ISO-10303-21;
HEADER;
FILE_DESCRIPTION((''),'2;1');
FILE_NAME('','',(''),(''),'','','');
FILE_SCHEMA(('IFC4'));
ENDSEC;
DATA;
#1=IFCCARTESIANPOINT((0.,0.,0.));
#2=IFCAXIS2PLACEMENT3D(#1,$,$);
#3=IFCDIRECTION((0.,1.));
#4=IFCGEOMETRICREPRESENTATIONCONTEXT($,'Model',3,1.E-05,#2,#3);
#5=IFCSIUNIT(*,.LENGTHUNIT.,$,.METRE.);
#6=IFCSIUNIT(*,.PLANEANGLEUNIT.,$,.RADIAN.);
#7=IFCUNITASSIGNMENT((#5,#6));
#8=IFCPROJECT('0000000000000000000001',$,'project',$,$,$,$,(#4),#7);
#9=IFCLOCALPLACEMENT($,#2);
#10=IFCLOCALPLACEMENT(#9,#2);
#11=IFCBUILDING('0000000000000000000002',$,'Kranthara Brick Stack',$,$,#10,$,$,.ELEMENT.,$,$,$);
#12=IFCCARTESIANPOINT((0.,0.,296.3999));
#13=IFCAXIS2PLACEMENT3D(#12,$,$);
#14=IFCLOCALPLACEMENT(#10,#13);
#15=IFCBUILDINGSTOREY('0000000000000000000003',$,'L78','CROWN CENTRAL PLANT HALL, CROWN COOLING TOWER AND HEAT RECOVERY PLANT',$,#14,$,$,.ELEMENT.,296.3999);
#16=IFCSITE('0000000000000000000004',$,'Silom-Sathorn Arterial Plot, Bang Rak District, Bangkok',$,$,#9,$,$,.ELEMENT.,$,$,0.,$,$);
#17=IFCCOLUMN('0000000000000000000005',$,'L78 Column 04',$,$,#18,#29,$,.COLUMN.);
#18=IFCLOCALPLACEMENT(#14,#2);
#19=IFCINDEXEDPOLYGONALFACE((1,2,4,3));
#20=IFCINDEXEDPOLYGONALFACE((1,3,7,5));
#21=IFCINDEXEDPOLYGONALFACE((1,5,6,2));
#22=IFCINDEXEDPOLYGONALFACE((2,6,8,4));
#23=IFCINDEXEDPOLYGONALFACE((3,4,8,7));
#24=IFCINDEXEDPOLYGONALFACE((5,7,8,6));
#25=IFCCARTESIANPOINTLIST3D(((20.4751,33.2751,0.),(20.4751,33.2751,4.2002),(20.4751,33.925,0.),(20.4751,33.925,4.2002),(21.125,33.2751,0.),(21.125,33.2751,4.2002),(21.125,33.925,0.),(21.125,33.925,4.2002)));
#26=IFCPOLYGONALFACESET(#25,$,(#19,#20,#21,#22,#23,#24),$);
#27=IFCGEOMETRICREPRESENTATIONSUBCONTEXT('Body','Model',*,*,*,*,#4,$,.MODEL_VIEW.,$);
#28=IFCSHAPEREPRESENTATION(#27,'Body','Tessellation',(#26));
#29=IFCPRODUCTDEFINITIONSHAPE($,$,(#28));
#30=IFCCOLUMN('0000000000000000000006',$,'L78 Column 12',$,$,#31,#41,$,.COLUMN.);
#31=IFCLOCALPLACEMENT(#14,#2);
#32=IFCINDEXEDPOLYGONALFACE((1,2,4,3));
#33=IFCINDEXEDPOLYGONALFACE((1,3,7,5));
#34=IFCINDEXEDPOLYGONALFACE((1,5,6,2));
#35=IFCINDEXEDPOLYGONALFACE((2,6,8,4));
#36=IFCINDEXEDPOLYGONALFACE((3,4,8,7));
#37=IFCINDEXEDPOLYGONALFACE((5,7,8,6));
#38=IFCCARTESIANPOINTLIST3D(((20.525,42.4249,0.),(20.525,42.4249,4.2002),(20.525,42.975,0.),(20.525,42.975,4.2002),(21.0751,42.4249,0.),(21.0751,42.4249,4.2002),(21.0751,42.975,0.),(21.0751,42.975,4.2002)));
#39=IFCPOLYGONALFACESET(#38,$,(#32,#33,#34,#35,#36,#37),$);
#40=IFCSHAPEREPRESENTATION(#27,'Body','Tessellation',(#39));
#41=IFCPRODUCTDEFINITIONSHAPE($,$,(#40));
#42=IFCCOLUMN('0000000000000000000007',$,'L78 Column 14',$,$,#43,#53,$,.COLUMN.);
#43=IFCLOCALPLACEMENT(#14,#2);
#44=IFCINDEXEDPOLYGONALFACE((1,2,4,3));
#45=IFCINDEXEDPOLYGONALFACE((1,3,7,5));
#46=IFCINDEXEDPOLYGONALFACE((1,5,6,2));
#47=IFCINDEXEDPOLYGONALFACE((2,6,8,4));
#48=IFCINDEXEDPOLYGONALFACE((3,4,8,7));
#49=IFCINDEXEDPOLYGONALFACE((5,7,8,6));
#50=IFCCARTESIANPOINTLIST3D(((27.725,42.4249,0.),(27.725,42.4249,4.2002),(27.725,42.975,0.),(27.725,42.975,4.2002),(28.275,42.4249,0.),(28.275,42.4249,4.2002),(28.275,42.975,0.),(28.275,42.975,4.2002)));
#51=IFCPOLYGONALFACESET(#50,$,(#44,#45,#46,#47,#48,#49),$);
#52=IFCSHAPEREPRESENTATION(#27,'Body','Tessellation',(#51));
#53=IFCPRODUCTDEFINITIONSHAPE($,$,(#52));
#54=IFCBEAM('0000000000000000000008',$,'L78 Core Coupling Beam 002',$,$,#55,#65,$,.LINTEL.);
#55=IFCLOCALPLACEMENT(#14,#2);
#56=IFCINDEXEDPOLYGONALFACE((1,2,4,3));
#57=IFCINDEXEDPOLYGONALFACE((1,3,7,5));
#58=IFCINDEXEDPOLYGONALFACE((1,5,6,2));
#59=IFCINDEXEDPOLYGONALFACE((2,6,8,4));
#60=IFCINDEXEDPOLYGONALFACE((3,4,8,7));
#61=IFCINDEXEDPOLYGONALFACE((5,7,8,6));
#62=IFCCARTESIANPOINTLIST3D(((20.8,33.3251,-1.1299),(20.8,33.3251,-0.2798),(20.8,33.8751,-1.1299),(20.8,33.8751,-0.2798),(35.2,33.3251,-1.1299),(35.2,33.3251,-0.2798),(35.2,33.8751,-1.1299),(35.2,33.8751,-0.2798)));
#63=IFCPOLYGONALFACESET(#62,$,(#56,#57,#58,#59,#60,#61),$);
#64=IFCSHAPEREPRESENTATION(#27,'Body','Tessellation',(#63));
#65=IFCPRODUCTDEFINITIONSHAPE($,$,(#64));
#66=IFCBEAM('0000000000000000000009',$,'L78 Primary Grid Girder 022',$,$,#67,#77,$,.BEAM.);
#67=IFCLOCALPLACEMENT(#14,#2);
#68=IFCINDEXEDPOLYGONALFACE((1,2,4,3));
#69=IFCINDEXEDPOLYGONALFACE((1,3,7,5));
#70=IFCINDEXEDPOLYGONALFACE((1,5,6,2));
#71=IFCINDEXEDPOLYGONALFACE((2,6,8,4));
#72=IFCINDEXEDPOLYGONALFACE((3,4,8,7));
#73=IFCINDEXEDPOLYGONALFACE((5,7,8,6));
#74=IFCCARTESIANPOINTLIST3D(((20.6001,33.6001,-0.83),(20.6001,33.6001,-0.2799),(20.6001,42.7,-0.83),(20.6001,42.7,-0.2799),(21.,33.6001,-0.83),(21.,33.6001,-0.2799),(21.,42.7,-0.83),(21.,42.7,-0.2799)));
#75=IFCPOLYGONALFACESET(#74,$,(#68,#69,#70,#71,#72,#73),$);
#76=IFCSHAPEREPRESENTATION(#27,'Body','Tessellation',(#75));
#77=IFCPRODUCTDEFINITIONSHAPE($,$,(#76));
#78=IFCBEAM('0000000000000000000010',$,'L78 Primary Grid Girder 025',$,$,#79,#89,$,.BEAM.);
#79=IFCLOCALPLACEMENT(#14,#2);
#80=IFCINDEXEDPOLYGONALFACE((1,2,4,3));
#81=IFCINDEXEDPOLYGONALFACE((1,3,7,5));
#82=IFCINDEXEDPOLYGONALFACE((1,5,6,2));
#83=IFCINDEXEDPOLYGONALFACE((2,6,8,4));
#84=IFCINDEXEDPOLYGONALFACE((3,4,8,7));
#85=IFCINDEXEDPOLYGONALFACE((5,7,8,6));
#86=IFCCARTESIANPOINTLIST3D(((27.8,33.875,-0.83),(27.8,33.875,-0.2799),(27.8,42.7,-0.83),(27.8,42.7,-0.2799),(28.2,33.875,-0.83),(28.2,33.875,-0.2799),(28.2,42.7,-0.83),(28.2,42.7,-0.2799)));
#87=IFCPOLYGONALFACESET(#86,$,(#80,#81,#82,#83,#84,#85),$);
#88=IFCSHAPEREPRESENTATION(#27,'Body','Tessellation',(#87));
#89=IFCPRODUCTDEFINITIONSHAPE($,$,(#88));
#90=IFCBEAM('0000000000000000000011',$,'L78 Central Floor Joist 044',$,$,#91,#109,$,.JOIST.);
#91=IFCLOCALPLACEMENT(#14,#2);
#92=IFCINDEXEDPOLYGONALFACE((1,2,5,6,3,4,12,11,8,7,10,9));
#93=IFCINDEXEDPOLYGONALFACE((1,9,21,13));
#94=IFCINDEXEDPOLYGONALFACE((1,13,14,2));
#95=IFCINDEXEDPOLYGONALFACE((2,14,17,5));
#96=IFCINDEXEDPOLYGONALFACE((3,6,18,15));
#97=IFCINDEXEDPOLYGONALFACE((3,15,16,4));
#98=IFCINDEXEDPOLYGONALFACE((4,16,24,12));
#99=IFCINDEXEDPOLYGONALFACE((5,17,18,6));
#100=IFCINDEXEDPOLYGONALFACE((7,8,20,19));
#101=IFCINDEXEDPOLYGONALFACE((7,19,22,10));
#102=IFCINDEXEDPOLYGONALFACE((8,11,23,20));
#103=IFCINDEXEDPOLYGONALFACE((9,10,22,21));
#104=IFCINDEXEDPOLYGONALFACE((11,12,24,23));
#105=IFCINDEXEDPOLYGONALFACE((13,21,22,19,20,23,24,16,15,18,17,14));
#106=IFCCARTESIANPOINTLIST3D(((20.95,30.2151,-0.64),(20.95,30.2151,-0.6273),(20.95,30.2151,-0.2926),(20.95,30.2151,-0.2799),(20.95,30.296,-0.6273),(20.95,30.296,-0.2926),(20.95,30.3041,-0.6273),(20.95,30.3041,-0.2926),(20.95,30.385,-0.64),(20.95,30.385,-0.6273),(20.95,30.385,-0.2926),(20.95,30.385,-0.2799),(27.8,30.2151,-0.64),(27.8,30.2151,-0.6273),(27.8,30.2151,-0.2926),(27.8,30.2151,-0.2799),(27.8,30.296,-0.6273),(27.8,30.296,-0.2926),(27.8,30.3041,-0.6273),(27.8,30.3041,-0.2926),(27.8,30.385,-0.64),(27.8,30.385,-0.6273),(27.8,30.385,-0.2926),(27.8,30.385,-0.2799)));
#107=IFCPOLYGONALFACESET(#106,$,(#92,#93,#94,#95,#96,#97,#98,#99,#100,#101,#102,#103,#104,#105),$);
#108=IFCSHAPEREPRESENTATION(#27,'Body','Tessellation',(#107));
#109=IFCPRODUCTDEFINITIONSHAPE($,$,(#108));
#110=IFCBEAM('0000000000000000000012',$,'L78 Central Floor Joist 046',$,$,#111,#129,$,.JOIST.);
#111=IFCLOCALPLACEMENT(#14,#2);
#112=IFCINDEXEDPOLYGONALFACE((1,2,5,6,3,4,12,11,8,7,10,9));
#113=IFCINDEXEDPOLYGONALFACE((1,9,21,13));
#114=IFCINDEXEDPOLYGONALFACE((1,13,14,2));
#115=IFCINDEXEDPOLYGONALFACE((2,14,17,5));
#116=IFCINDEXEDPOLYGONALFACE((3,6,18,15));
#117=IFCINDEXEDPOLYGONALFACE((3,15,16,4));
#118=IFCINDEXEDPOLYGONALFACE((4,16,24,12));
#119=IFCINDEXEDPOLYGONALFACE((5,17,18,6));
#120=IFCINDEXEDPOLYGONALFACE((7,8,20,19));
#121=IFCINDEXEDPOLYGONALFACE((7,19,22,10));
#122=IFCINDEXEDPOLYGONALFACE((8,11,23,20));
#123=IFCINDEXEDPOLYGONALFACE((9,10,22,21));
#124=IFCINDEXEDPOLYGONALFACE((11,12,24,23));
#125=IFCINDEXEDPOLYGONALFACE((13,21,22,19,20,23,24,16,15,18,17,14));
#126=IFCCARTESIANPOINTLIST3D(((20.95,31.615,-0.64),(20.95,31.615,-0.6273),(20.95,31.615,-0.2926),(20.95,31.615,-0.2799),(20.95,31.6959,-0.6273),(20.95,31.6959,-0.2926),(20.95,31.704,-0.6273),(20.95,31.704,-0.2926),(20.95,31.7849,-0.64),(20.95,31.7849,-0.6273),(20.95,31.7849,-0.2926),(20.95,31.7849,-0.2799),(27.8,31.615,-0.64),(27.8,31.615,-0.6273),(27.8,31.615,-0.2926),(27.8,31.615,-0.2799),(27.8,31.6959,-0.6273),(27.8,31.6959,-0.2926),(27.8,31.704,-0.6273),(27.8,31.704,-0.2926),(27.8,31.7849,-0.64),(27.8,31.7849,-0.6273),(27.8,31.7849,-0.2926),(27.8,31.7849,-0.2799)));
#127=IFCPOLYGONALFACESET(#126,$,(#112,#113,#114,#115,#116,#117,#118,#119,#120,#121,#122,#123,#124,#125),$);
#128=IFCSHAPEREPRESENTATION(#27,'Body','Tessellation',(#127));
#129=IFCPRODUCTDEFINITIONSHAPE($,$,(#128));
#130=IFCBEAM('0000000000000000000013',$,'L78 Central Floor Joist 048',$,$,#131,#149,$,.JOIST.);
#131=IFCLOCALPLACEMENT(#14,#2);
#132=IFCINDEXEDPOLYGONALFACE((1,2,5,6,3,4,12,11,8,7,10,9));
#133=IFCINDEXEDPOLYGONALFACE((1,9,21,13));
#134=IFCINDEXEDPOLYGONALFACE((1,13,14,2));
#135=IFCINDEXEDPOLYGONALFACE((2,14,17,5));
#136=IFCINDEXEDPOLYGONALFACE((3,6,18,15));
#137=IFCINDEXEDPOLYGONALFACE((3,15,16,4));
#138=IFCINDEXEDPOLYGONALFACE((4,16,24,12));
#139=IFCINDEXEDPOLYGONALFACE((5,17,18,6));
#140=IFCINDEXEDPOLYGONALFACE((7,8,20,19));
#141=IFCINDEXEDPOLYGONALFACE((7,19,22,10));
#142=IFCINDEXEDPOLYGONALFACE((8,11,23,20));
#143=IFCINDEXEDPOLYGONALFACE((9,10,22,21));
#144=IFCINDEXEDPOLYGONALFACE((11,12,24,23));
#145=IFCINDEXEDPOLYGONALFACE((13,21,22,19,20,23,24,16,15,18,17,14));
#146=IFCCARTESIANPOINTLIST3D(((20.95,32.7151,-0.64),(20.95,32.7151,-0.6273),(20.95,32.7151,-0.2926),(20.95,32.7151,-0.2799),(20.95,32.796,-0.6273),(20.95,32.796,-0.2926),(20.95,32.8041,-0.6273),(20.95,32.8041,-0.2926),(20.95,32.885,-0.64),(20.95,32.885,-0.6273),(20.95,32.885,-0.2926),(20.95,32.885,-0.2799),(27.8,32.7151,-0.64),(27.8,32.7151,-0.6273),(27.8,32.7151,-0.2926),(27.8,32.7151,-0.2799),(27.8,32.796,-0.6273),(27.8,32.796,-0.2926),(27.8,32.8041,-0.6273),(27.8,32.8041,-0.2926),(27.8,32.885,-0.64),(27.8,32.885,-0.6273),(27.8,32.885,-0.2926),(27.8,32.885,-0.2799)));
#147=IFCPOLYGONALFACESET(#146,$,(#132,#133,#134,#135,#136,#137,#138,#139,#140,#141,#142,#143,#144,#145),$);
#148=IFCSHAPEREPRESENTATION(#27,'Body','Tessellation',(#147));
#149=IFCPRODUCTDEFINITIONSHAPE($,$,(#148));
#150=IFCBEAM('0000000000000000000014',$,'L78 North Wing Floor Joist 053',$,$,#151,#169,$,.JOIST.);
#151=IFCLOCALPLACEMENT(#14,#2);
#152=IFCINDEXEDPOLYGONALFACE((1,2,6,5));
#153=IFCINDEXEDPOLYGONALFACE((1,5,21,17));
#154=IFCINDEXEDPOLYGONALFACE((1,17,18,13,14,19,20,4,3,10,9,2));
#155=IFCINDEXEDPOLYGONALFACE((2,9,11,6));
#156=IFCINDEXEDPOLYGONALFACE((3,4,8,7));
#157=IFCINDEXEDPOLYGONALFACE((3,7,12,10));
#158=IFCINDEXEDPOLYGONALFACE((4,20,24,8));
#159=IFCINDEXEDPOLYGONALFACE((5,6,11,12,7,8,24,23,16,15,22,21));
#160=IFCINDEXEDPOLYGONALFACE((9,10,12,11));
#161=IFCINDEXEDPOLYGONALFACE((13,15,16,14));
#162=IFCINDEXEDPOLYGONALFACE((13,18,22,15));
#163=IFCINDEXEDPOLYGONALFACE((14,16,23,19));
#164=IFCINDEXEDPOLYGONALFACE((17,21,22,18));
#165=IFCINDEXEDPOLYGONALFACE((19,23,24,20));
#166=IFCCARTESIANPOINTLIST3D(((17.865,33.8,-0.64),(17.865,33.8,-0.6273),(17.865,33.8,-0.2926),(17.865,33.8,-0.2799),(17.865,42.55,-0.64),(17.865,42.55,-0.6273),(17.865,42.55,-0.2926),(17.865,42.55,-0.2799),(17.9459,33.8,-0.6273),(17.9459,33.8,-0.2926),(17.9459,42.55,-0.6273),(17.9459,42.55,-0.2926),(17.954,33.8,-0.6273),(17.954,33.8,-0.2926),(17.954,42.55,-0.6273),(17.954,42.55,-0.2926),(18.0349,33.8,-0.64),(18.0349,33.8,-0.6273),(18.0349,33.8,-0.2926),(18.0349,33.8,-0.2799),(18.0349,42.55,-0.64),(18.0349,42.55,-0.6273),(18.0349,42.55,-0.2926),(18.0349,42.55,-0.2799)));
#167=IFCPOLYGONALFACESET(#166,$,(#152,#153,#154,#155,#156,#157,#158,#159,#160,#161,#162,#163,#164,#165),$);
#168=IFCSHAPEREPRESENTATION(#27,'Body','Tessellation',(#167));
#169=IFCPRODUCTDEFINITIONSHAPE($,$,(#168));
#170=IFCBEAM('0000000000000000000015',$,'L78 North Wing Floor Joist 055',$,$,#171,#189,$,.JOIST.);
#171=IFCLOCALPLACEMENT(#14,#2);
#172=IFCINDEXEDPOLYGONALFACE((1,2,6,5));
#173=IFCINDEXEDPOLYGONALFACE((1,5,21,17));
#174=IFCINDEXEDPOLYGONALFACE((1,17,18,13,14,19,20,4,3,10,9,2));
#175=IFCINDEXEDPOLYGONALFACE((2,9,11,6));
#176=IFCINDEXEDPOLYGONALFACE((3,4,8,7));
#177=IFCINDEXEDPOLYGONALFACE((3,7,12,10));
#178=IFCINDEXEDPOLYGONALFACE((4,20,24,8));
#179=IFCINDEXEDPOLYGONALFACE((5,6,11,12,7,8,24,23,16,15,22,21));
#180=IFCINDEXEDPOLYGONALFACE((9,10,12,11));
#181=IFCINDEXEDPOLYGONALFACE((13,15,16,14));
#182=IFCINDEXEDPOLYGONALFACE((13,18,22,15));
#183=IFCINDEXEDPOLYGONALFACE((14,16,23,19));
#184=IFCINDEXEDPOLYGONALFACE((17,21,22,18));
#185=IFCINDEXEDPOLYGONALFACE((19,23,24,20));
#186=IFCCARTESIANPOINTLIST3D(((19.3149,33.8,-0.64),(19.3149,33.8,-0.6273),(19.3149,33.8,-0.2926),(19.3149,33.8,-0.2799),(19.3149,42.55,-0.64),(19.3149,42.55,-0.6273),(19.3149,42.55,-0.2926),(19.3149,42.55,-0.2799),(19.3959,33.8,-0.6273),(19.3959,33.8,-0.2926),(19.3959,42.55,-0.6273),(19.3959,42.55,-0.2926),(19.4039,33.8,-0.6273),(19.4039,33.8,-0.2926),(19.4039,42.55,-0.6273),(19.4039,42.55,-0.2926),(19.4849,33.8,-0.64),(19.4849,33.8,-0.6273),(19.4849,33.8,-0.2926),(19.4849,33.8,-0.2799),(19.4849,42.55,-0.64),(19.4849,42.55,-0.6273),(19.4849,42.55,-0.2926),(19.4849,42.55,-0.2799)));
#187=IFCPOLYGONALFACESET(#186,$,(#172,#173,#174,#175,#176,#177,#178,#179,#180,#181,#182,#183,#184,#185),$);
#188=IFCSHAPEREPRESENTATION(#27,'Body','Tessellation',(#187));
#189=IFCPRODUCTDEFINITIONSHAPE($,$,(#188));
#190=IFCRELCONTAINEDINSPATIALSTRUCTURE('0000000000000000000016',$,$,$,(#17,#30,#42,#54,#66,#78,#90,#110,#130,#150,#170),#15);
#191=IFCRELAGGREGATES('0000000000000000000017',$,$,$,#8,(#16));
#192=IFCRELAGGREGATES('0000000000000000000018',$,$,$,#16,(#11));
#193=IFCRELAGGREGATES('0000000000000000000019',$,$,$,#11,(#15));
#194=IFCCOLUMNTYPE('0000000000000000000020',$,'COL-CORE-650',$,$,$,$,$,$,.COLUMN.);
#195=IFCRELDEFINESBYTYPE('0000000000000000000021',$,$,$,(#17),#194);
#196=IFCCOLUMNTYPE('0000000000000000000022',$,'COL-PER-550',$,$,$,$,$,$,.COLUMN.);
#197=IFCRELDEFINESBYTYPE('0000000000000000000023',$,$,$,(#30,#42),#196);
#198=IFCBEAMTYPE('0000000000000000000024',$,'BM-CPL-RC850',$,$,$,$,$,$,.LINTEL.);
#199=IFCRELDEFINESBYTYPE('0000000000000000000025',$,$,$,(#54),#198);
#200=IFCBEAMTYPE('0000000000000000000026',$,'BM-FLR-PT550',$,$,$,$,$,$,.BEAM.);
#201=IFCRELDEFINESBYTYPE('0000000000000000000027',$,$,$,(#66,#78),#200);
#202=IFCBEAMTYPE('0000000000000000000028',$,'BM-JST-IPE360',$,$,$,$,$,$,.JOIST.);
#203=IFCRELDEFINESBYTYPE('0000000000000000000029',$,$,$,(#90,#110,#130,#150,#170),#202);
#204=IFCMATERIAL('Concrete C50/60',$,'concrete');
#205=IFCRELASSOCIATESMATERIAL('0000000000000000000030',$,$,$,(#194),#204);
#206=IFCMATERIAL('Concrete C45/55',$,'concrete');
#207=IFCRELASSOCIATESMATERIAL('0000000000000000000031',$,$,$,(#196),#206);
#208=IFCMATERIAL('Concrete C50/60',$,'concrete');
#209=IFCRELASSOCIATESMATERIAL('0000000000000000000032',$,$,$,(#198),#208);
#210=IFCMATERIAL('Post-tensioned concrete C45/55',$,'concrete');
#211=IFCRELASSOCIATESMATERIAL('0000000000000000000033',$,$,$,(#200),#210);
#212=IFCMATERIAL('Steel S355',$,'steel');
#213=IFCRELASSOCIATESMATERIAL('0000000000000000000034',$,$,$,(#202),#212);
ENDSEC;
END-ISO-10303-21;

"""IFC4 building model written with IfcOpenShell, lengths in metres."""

from ifc_helpers import new_model, si_unit, direction, frame, origin, origin_2d, place, context, subcontext, project, spatial, rectangle, i_section, extrude, material, material_profile, profile_set, type_object, element, save


model = new_model("IFC4")

# Units and contexts
model_context = context("Model", 3, precision=1e-05, world=origin(), true_north=direction((0.0, 1.0)))
body_context = subcontext(model_context, "Body", "Model", "MODEL_VIEW")
ifc_project = project(units=[si_unit("LENGTHUNIT", "METRE"), si_unit("PLANEANGLEUNIT", "RADIAN")], contexts=[model_context])

# Site, building, storey
site_placement = place(None, origin())
site = spatial("IfcSite", under=ifc_project, at=site_placement, Name="Silom-Sathorn Arterial Plot, Bang Rak District, Bangkok", CompositionType="ELEMENT", RefElevation=0.0)
building_placement = place(site_placement, origin())
building = spatial("IfcBuilding", under=site, at=building_placement, Name="Kranthara Brick Stack", CompositionType="ELEMENT")
storey_placement = place(building_placement, frame((0.0, 0.0, 296.3999)))
storey = spatial("IfcBuildingStorey", under=building, at=storey_placement, Name="L78", Description="CROWN CENTRAL PLANT HALL, CROWN COOLING TOWER AND HEAT RECOVERY PLANT", CompositionType="ELEMENT", Elevation=296.3999)

# Columns
ifc_material_1 = material(Name="Concrete C50/60", Category="concrete")
ifc_material_profile_1 = material_profile(ifc_material_1, rectangle(XDim=0.6499, YDim=0.6499, at=origin_2d()), Name="RC 650x650")
ifc_profile_set_1 = profile_set([ifc_material_profile_1], Name="Concrete C50/60")
column_type_1 = type_object("IfcColumnType", Name="COL-CORE-650", PredefinedType="COLUMN", material=ifc_profile_set_1)
column_placement = place(storey_placement, frame((20.8, 33.6001, 0.0), z_axis=(0.0, 0.0, 1.0), x_axis=(1.0, 0.0, 0.0)))
element("IfcColumn", 1, at=column_placement, inside=storey, type_object=column_type_1, Name="L78 Column 04", PredefinedType="COLUMN", context=body_context, shape_type="SweptSolid", body=[
    extrude(rectangle(XDim=0.6499, YDim=0.6499, at=origin_2d()), origin(), (0.0, 0.0, 1.0), 4.2002),
])
ifc_material_2 = material(Name="Concrete C45/55", Category="concrete")
ifc_material_profile_2 = material_profile(ifc_material_2, rectangle(XDim=0.55, YDim=0.55, at=origin_2d()), Name="RC 550x550")
ifc_profile_set_2 = profile_set([ifc_material_profile_2], Name="Concrete C45/55")
column_type_2 = type_object("IfcColumnType", Name="COL-PER-550", PredefinedType="COLUMN", material=ifc_profile_set_2)
for number, where, z_axis, x_axis, name in (
    (2, (20.8, 42.7, 0.0), (0.0, 0.0, 1.0), (1.0, 0.0, 0.0), "L78 Column 12"),
    (3, (28.0, 42.7, 0.0), (0.0, 0.0, 1.0), (1.0, 0.0, 0.0), "L78 Column 14"),
):
    element("IfcColumn", number, at=place(storey_placement, frame(where, z_axis=z_axis, x_axis=x_axis)), inside=storey, type_object=column_type_2, Name=name, PredefinedType="COLUMN", context=body_context, shape_type="SweptSolid", body=[
        extrude(rectangle(XDim=0.55, YDim=0.55, at=origin_2d()), origin(), (0.0, 0.0, 1.0), 4.2002),
    ])

# Beams
ifc_material_3 = material(Name="Concrete C50/60", Category="concrete")
ifc_material_profile_3 = material_profile(ifc_material_3, rectangle(XDim=0.55, YDim=0.8501, at=origin_2d()), Name="RC 550x850")
ifc_profile_set_3 = profile_set([ifc_material_profile_3], Name="Concrete C50/60")
beam_type_1 = type_object("IfcBeamType", Name="BM-CPL-RC850", PredefinedType="LINTEL", material=ifc_profile_set_3)
beam_1_placement = place(storey_placement, frame((20.8, 33.6001, -0.7048), z_axis=(1.0, 0.0, 0.0), x_axis=(0.0, 1.0, 0.0)))
element("IfcBeam", 4, at=beam_1_placement, inside=storey, type_object=beam_type_1, Name="L78 Core Coupling Beam 002", PredefinedType="LINTEL", context=body_context, shape_type="SweptSolid", body=[
    extrude(rectangle(XDim=0.55, YDim=0.8501, at=origin_2d()), origin(), (0.0, 0.0, 1.0), 14.3999),
])
ifc_material_4 = material(Name="Post-tensioned concrete C45/55", Category="concrete")
ifc_material_profile_4 = material_profile(ifc_material_4, rectangle(XDim=0.3999, YDim=0.55, at=origin_2d()), Name="PT 400x550")
ifc_profile_set_4 = profile_set([ifc_material_profile_4], Name="Post-tensioned concrete C45/55")
beam_type_2 = type_object("IfcBeamType", Name="BM-FLR-PT550", PredefinedType="BEAM", material=ifc_profile_set_4)
beam_2_placement = place(storey_placement, frame((20.8, 33.6001, -0.5549), z_axis=(0.0, 1.0, 0.0), x_axis=(-1.0, 0.0, 0.0)))
element("IfcBeam", 5, at=beam_2_placement, inside=storey, type_object=beam_type_2, Name="L78 Primary Grid Girder 022", PredefinedType="BEAM", context=body_context, shape_type="SweptSolid", body=[
    extrude(rectangle(XDim=0.3999, YDim=0.55, at=origin_2d()), origin(), (0.0, 0.0, 1.0), 9.0999),
])
beam_3_placement = place(storey_placement, frame((28.0, 33.875, -0.5549), z_axis=(0.0, 1.0, 0.0), x_axis=(-1.0, 0.0, 0.0)))
element("IfcBeam", 6, at=beam_3_placement, inside=storey, type_object=beam_type_2, Name="L78 Primary Grid Girder 025", PredefinedType="BEAM", context=body_context, shape_type="SweptSolid", body=[
    extrude(rectangle(XDim=0.3999, YDim=0.55, at=origin_2d()), origin(), (0.0, 0.0, 1.0), 8.825),
])
ifc_material_5 = material(Name="Steel S355", Category="steel")
ifc_material_profile_5 = material_profile(ifc_material_5, i_section(OverallWidth=0.1699, OverallDepth=0.3601, WebThickness=0.0081, FlangeThickness=0.0127, at=origin_2d()), Name="IPE 360")
ifc_profile_set_5 = profile_set([ifc_material_profile_5], Name="Steel S355")
beam_type_3 = type_object("IfcBeamType", Name="BM-JST-IPE360", PredefinedType="JOIST", material=ifc_profile_set_5)
for number, where, z_axis, x_axis, name in (
    (7, (20.95, 30.3, -0.46), (1.0, 0.0, 0.0), (0.0, 1.0, 0.0), "L78 Central Floor Joist 044"),
    (8, (20.95, 31.7, -0.46), (1.0, 0.0, 0.0), (0.0, 1.0, 0.0), "L78 Central Floor Joist 046"),
    (9, (20.95, 32.8, -0.46), (1.0, 0.0, 0.0), (0.0, 1.0, 0.0), "L78 Central Floor Joist 048"),
):
    element("IfcBeam", number, at=place(storey_placement, frame(where, z_axis=z_axis, x_axis=x_axis)), inside=storey, type_object=beam_type_3, Name=name, PredefinedType="JOIST", context=body_context, shape_type="SweptSolid", body=[
        extrude(i_section(OverallWidth=0.1699, OverallDepth=0.3601, WebThickness=0.0081, FlangeThickness=0.0127, at=origin_2d()), origin(), (0.0, 0.0, 1.0), 6.8501),
    ])
for number, where, z_axis, x_axis, name in (
    (10, (17.95, 33.8, -0.46), (0.0, 1.0, 0.0), (-1.0, 0.0, 0.0), "L78 North Wing Floor Joist 053"),
    (11, (19.3999, 33.8, -0.46), (0.0, 1.0, 0.0), (-1.0, 0.0, 0.0), "L78 North Wing Floor Joist 055"),
):
    element("IfcBeam", number, at=place(storey_placement, frame(where, z_axis=z_axis, x_axis=x_axis)), inside=storey, type_object=beam_type_3, Name=name, PredefinedType="JOIST", context=body_context, shape_type="SweptSolid", body=[
        extrude(i_section(OverallWidth=0.1699, OverallDepth=0.3601, WebThickness=0.0081, FlangeThickness=0.0127, at=origin_2d()), origin(), (0.0, 0.0, 1.0), 8.75),
    ])

save(model, "model.ifc")
